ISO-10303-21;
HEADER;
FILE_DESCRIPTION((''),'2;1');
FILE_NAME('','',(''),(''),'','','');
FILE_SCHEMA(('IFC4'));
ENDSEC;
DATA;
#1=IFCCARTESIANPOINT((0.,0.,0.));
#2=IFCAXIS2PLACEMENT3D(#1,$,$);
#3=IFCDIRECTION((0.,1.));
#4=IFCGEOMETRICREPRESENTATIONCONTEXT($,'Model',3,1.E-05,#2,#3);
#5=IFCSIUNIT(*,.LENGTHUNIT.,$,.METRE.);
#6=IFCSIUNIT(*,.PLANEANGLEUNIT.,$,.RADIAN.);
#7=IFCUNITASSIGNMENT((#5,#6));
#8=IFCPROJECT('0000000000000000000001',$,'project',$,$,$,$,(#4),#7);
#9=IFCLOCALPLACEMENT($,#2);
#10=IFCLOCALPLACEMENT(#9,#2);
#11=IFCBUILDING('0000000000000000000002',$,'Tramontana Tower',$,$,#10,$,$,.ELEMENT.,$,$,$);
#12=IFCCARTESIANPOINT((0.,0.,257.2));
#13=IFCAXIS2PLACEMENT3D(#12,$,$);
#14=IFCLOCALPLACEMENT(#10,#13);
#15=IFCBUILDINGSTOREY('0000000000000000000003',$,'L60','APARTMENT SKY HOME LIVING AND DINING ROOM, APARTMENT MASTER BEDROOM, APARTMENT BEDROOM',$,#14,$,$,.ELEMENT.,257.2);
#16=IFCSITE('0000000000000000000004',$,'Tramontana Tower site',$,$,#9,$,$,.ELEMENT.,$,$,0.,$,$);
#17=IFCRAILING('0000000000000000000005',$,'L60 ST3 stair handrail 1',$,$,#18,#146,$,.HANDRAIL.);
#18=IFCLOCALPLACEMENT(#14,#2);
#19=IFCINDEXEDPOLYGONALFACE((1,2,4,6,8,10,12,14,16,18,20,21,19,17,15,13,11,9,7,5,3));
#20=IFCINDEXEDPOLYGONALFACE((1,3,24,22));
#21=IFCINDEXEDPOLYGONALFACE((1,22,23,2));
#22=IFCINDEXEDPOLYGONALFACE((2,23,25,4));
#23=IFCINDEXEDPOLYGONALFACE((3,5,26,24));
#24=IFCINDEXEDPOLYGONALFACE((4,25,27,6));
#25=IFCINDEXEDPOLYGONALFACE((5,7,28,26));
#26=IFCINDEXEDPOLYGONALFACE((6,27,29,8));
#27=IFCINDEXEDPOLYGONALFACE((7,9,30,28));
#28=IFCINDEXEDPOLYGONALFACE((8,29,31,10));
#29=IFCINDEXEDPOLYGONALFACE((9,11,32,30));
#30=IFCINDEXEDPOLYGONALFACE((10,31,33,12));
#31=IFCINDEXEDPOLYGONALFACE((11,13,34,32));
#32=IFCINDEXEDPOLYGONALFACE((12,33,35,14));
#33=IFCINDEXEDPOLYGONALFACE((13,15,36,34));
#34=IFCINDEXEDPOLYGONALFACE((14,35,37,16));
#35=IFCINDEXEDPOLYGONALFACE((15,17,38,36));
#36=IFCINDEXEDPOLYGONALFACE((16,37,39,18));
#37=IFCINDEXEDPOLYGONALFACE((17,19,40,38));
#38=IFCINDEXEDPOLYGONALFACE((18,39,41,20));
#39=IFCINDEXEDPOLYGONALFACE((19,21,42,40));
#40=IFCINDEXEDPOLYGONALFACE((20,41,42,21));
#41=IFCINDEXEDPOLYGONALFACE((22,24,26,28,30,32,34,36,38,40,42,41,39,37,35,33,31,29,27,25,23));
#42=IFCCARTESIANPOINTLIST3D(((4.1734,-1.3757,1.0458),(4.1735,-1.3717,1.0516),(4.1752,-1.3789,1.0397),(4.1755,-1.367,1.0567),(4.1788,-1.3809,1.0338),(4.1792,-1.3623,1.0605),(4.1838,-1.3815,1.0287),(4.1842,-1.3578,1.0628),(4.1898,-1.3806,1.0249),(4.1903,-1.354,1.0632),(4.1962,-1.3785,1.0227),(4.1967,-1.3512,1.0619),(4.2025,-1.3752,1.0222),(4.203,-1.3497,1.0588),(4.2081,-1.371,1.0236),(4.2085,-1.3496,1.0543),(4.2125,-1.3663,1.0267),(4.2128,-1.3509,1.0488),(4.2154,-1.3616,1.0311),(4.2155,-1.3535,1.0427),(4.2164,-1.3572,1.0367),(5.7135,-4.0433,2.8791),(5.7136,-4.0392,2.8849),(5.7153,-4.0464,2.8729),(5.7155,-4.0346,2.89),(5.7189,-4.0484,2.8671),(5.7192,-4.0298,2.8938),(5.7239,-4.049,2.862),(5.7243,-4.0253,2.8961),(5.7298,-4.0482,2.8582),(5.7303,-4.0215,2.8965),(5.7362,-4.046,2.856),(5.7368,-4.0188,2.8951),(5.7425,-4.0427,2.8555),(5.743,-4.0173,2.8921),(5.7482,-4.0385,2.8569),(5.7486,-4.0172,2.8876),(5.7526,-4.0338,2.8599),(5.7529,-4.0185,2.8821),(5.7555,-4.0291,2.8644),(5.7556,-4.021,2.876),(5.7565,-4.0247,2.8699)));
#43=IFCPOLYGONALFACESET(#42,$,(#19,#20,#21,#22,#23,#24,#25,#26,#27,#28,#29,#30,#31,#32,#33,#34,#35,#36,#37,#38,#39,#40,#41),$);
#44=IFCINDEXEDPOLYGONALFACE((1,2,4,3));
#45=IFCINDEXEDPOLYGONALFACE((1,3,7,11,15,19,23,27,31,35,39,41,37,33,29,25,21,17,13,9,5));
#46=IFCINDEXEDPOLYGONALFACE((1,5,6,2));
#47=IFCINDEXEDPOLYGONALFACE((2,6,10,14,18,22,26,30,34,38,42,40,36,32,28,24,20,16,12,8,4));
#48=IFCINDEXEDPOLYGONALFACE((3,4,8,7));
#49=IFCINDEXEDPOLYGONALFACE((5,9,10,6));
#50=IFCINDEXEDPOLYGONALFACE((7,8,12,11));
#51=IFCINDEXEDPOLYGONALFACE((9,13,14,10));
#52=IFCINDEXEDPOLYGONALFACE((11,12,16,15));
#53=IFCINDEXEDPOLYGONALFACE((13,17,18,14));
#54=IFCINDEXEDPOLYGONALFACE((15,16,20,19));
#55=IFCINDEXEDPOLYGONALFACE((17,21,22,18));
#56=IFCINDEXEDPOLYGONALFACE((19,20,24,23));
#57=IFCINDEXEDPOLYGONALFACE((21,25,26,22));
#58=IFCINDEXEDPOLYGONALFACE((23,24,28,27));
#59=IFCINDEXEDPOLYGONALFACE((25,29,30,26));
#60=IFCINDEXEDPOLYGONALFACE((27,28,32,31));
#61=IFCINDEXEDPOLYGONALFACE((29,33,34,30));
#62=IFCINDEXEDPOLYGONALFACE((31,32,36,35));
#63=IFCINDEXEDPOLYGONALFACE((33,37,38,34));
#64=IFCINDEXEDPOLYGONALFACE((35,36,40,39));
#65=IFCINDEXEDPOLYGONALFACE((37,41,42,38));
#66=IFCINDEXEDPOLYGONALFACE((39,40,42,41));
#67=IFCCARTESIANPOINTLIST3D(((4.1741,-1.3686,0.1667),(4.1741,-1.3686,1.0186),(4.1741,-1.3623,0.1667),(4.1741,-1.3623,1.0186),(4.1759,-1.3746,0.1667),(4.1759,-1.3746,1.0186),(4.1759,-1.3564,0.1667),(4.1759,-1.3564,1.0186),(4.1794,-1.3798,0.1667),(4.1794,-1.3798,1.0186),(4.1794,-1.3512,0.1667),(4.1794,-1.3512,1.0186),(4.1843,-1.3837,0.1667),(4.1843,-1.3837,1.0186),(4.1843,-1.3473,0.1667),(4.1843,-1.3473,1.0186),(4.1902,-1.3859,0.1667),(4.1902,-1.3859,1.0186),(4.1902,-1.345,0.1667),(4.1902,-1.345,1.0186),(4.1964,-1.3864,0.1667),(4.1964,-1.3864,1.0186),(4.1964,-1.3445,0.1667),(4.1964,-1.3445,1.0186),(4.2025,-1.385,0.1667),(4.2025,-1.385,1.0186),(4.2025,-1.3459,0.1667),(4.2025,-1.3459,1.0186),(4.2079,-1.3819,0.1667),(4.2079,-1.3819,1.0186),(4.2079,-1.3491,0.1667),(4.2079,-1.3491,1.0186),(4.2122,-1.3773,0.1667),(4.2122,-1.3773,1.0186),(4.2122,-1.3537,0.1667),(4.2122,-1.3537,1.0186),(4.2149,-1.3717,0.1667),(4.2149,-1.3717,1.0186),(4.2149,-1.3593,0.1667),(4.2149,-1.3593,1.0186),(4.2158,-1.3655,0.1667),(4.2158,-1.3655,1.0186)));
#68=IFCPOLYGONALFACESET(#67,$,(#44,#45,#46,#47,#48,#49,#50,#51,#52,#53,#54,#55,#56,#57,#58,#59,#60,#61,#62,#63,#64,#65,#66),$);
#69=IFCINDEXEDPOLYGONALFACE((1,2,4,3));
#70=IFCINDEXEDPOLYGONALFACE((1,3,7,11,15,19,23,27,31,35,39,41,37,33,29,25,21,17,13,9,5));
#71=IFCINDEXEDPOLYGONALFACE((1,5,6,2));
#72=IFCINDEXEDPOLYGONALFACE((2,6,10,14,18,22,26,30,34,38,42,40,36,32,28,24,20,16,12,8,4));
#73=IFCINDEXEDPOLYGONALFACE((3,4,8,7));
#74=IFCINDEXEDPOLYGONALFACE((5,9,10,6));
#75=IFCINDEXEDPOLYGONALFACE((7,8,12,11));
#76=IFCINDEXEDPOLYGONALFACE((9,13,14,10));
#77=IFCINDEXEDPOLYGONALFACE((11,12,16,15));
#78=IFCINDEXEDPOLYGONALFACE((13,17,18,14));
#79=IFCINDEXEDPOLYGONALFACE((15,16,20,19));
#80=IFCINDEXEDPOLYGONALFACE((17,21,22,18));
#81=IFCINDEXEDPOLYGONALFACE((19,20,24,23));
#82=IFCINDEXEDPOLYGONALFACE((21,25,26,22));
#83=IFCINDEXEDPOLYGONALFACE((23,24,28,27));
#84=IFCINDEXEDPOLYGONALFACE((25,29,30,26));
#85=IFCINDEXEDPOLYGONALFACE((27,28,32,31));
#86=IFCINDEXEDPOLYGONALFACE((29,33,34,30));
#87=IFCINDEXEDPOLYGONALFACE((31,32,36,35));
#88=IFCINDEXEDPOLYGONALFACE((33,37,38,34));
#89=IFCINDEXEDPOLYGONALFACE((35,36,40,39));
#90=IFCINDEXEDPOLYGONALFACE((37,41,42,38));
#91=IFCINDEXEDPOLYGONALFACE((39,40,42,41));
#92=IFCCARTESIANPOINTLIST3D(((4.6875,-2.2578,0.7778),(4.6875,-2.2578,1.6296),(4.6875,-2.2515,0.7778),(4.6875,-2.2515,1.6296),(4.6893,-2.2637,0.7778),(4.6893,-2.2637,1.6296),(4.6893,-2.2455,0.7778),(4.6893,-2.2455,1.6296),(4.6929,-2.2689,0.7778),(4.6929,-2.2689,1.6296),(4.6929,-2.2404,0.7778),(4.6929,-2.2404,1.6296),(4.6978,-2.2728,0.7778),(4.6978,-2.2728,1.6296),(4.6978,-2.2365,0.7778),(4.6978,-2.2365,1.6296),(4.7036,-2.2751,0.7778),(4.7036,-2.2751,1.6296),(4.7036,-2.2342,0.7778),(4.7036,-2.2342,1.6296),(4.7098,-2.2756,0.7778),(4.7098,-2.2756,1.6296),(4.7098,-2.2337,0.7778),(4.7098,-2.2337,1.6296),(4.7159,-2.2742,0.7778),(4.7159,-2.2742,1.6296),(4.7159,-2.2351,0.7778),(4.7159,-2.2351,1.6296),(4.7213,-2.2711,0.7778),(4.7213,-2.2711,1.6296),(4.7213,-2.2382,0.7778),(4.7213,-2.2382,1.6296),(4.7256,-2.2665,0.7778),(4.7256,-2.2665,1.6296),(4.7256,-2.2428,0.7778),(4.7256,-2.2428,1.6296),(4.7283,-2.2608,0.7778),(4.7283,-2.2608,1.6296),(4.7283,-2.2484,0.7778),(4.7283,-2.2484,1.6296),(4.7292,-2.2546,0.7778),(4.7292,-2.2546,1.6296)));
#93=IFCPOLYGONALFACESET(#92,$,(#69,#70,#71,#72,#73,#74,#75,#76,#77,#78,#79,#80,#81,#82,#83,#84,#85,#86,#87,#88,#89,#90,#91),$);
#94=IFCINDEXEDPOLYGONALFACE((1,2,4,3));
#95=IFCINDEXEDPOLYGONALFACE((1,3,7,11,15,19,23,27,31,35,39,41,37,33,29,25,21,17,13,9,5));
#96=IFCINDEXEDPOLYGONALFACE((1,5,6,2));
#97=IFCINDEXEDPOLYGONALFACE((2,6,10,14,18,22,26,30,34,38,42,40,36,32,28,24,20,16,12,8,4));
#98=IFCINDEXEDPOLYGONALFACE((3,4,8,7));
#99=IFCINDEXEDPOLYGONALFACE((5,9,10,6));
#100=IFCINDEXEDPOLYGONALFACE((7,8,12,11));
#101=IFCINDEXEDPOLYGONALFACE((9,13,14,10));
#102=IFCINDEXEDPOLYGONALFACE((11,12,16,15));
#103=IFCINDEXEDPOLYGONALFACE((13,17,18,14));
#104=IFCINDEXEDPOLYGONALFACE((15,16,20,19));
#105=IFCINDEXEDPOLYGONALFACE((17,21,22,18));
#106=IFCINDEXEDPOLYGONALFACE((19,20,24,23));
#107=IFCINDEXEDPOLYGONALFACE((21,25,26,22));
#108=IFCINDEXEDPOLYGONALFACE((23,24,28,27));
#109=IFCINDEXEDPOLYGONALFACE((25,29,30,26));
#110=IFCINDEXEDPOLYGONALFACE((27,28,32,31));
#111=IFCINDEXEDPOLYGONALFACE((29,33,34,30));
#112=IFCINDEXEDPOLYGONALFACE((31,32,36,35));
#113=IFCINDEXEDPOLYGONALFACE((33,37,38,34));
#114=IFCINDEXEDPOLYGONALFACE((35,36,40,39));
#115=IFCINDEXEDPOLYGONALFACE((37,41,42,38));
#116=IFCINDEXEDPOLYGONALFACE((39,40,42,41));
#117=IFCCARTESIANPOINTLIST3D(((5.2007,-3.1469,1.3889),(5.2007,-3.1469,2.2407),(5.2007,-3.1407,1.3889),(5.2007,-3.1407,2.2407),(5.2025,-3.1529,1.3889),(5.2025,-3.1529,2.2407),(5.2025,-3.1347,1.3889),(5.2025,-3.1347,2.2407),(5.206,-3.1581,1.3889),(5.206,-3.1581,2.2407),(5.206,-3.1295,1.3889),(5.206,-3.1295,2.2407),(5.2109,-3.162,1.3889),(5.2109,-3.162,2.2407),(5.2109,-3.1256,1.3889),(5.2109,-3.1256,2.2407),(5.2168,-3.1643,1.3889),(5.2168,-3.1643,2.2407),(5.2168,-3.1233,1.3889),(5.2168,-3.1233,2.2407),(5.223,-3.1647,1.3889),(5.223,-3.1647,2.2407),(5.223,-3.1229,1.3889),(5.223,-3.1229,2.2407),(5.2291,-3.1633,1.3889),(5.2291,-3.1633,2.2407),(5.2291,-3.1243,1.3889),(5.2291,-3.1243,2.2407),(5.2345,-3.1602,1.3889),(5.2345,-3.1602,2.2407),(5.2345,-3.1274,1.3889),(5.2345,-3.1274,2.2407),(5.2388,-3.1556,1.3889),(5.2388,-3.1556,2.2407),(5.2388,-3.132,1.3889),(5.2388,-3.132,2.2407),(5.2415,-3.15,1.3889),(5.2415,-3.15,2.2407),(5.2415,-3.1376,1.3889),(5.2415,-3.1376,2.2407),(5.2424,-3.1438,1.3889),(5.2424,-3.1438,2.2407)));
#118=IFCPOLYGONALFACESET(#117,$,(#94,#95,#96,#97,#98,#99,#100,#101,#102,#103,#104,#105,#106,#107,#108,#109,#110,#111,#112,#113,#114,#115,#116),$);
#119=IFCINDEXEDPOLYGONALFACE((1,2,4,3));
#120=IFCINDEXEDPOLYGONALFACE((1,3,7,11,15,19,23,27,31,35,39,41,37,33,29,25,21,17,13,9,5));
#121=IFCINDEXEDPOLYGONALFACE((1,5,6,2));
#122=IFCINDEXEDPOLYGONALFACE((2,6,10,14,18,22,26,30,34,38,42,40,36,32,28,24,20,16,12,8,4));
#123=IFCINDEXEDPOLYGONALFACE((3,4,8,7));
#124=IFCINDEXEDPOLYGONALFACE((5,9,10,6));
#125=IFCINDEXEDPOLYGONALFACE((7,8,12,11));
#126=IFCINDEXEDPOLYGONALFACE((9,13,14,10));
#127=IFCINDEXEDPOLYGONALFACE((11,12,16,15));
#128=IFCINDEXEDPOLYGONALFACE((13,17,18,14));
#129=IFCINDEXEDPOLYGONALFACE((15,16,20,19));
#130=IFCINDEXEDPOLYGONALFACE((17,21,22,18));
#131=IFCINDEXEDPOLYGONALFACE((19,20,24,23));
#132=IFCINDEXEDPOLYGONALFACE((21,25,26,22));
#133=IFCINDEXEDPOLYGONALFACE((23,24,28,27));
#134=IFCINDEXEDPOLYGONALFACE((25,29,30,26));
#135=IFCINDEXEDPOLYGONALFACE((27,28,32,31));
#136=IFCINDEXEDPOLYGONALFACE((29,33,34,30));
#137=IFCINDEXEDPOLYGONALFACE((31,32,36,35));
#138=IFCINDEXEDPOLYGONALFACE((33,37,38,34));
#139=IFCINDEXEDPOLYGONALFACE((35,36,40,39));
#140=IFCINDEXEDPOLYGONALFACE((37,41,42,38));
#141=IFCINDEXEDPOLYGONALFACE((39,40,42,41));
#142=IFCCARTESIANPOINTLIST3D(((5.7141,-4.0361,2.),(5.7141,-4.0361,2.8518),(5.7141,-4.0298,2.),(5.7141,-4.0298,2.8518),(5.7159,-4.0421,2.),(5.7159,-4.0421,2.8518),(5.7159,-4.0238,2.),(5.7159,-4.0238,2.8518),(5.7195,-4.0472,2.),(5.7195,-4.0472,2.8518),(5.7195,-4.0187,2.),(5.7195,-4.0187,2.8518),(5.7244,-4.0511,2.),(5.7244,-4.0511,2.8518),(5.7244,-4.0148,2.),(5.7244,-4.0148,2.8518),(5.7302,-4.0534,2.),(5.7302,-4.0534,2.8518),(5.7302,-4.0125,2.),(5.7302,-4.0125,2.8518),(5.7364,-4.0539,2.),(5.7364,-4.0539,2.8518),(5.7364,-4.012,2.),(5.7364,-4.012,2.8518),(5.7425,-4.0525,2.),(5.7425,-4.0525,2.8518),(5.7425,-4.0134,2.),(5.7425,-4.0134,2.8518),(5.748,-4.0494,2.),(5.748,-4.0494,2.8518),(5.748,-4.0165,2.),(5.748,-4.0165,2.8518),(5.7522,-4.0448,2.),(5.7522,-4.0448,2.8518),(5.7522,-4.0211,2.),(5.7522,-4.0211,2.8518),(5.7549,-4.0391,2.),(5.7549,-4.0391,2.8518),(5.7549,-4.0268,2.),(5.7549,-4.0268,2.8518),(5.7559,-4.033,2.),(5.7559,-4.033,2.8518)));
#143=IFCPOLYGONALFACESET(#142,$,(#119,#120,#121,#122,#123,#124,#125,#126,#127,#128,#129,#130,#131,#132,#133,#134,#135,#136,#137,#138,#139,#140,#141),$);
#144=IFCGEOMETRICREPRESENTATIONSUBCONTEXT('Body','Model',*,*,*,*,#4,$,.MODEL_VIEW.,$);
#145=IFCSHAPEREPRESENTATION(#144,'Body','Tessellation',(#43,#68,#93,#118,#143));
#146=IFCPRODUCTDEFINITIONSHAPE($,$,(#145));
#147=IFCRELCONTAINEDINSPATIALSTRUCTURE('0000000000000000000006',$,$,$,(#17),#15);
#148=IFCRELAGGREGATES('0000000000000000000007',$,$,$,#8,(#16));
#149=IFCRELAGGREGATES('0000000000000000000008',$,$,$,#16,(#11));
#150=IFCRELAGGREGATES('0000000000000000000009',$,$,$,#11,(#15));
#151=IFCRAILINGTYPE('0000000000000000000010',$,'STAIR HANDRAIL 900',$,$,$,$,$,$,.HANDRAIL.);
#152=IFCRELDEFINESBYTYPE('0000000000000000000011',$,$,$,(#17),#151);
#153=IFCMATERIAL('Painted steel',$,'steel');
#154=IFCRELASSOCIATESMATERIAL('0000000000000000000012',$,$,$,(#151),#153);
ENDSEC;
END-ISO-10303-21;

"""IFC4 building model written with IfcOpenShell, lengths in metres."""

from ifc_helpers import new_model, si_unit, direction, frame, origin, origin_2d, place, context, subcontext, project, spatial, circle, extrude, material, type_object, element, save


model = new_model("IFC4")

# Units and contexts
model_context = context("Model", 3, precision=1e-05, world=origin(), true_north=direction((0.0, 1.0)))
body_context = subcontext(model_context, "Body", "Model", "MODEL_VIEW")
ifc_project = project(units=[si_unit("LENGTHUNIT", "METRE"), si_unit("PLANEANGLEUNIT", "RADIAN")], contexts=[model_context])

# Site, building, storey
site_placement = place(None, origin())
site = spatial("IfcSite", under=ifc_project, at=site_placement, Name="Tramontana Tower site", CompositionType="ELEMENT", RefElevation=0.0)
building_placement = place(site_placement, origin())
building = spatial("IfcBuilding", under=site, at=building_placement, Name="Tramontana Tower", CompositionType="ELEMENT")
storey_placement = place(building_placement, frame((0.0, 0.0, 257.2)))
storey = spatial("IfcBuildingStorey", under=building, at=storey_placement, Name="L60", Description="APARTMENT SKY HOME LIVING AND DINING ROOM, APARTMENT MASTER BEDROOM, APARTMENT BEDROOM", CompositionType="ELEMENT", Elevation=257.2)

# Railing
ifc_material_1 = material(Name="Painted steel", Category="steel")
railing_type_1 = type_object("IfcRailingType", Name="STAIR HANDRAIL 900", PredefinedType="HANDRAIL", material=ifc_material_1)
railing_1_placement = place(storey_placement, frame((4.1948, -1.3655, 0.1667)))
element("IfcRailing", 1, at=railing_1_placement, inside=storey, type_object=railing_type_1, Name="L60 ST3 stair handrail 1", PredefinedType="HANDRAIL", context=body_context, shape_type="SweptSolid", body=[
    extrude(circle(Radius=0.0239, at=origin_2d()), frame((0.0, 0.0, 0.876), z_axis=(0.429649, -0.74419, 0.511452), x_axis=(0.86603, 0.499992, 0.0)), (0.0, 0.0, 1.0), 3.5845),
    extrude(circle(Radius=0.021, at=origin_2d()), origin(), (0.0, 0.0, 1.0), 0.8518),
    extrude(circle(Radius=0.021, at=origin_2d()), frame((0.5134, -0.8892, 0.6111)), (0.0, 0.0, 1.0), 0.8518),
    extrude(circle(Radius=0.021, at=origin_2d()), frame((1.0266, -1.7783, 1.2222)), (0.0, 0.0, 1.0), 0.8518),
    extrude(circle(Radius=0.021, at=origin_2d()), frame((1.54, -2.6675, 1.8333)), (0.0, 0.0, 1.0), 0.8518),
])

save(model, "model.ifc")
